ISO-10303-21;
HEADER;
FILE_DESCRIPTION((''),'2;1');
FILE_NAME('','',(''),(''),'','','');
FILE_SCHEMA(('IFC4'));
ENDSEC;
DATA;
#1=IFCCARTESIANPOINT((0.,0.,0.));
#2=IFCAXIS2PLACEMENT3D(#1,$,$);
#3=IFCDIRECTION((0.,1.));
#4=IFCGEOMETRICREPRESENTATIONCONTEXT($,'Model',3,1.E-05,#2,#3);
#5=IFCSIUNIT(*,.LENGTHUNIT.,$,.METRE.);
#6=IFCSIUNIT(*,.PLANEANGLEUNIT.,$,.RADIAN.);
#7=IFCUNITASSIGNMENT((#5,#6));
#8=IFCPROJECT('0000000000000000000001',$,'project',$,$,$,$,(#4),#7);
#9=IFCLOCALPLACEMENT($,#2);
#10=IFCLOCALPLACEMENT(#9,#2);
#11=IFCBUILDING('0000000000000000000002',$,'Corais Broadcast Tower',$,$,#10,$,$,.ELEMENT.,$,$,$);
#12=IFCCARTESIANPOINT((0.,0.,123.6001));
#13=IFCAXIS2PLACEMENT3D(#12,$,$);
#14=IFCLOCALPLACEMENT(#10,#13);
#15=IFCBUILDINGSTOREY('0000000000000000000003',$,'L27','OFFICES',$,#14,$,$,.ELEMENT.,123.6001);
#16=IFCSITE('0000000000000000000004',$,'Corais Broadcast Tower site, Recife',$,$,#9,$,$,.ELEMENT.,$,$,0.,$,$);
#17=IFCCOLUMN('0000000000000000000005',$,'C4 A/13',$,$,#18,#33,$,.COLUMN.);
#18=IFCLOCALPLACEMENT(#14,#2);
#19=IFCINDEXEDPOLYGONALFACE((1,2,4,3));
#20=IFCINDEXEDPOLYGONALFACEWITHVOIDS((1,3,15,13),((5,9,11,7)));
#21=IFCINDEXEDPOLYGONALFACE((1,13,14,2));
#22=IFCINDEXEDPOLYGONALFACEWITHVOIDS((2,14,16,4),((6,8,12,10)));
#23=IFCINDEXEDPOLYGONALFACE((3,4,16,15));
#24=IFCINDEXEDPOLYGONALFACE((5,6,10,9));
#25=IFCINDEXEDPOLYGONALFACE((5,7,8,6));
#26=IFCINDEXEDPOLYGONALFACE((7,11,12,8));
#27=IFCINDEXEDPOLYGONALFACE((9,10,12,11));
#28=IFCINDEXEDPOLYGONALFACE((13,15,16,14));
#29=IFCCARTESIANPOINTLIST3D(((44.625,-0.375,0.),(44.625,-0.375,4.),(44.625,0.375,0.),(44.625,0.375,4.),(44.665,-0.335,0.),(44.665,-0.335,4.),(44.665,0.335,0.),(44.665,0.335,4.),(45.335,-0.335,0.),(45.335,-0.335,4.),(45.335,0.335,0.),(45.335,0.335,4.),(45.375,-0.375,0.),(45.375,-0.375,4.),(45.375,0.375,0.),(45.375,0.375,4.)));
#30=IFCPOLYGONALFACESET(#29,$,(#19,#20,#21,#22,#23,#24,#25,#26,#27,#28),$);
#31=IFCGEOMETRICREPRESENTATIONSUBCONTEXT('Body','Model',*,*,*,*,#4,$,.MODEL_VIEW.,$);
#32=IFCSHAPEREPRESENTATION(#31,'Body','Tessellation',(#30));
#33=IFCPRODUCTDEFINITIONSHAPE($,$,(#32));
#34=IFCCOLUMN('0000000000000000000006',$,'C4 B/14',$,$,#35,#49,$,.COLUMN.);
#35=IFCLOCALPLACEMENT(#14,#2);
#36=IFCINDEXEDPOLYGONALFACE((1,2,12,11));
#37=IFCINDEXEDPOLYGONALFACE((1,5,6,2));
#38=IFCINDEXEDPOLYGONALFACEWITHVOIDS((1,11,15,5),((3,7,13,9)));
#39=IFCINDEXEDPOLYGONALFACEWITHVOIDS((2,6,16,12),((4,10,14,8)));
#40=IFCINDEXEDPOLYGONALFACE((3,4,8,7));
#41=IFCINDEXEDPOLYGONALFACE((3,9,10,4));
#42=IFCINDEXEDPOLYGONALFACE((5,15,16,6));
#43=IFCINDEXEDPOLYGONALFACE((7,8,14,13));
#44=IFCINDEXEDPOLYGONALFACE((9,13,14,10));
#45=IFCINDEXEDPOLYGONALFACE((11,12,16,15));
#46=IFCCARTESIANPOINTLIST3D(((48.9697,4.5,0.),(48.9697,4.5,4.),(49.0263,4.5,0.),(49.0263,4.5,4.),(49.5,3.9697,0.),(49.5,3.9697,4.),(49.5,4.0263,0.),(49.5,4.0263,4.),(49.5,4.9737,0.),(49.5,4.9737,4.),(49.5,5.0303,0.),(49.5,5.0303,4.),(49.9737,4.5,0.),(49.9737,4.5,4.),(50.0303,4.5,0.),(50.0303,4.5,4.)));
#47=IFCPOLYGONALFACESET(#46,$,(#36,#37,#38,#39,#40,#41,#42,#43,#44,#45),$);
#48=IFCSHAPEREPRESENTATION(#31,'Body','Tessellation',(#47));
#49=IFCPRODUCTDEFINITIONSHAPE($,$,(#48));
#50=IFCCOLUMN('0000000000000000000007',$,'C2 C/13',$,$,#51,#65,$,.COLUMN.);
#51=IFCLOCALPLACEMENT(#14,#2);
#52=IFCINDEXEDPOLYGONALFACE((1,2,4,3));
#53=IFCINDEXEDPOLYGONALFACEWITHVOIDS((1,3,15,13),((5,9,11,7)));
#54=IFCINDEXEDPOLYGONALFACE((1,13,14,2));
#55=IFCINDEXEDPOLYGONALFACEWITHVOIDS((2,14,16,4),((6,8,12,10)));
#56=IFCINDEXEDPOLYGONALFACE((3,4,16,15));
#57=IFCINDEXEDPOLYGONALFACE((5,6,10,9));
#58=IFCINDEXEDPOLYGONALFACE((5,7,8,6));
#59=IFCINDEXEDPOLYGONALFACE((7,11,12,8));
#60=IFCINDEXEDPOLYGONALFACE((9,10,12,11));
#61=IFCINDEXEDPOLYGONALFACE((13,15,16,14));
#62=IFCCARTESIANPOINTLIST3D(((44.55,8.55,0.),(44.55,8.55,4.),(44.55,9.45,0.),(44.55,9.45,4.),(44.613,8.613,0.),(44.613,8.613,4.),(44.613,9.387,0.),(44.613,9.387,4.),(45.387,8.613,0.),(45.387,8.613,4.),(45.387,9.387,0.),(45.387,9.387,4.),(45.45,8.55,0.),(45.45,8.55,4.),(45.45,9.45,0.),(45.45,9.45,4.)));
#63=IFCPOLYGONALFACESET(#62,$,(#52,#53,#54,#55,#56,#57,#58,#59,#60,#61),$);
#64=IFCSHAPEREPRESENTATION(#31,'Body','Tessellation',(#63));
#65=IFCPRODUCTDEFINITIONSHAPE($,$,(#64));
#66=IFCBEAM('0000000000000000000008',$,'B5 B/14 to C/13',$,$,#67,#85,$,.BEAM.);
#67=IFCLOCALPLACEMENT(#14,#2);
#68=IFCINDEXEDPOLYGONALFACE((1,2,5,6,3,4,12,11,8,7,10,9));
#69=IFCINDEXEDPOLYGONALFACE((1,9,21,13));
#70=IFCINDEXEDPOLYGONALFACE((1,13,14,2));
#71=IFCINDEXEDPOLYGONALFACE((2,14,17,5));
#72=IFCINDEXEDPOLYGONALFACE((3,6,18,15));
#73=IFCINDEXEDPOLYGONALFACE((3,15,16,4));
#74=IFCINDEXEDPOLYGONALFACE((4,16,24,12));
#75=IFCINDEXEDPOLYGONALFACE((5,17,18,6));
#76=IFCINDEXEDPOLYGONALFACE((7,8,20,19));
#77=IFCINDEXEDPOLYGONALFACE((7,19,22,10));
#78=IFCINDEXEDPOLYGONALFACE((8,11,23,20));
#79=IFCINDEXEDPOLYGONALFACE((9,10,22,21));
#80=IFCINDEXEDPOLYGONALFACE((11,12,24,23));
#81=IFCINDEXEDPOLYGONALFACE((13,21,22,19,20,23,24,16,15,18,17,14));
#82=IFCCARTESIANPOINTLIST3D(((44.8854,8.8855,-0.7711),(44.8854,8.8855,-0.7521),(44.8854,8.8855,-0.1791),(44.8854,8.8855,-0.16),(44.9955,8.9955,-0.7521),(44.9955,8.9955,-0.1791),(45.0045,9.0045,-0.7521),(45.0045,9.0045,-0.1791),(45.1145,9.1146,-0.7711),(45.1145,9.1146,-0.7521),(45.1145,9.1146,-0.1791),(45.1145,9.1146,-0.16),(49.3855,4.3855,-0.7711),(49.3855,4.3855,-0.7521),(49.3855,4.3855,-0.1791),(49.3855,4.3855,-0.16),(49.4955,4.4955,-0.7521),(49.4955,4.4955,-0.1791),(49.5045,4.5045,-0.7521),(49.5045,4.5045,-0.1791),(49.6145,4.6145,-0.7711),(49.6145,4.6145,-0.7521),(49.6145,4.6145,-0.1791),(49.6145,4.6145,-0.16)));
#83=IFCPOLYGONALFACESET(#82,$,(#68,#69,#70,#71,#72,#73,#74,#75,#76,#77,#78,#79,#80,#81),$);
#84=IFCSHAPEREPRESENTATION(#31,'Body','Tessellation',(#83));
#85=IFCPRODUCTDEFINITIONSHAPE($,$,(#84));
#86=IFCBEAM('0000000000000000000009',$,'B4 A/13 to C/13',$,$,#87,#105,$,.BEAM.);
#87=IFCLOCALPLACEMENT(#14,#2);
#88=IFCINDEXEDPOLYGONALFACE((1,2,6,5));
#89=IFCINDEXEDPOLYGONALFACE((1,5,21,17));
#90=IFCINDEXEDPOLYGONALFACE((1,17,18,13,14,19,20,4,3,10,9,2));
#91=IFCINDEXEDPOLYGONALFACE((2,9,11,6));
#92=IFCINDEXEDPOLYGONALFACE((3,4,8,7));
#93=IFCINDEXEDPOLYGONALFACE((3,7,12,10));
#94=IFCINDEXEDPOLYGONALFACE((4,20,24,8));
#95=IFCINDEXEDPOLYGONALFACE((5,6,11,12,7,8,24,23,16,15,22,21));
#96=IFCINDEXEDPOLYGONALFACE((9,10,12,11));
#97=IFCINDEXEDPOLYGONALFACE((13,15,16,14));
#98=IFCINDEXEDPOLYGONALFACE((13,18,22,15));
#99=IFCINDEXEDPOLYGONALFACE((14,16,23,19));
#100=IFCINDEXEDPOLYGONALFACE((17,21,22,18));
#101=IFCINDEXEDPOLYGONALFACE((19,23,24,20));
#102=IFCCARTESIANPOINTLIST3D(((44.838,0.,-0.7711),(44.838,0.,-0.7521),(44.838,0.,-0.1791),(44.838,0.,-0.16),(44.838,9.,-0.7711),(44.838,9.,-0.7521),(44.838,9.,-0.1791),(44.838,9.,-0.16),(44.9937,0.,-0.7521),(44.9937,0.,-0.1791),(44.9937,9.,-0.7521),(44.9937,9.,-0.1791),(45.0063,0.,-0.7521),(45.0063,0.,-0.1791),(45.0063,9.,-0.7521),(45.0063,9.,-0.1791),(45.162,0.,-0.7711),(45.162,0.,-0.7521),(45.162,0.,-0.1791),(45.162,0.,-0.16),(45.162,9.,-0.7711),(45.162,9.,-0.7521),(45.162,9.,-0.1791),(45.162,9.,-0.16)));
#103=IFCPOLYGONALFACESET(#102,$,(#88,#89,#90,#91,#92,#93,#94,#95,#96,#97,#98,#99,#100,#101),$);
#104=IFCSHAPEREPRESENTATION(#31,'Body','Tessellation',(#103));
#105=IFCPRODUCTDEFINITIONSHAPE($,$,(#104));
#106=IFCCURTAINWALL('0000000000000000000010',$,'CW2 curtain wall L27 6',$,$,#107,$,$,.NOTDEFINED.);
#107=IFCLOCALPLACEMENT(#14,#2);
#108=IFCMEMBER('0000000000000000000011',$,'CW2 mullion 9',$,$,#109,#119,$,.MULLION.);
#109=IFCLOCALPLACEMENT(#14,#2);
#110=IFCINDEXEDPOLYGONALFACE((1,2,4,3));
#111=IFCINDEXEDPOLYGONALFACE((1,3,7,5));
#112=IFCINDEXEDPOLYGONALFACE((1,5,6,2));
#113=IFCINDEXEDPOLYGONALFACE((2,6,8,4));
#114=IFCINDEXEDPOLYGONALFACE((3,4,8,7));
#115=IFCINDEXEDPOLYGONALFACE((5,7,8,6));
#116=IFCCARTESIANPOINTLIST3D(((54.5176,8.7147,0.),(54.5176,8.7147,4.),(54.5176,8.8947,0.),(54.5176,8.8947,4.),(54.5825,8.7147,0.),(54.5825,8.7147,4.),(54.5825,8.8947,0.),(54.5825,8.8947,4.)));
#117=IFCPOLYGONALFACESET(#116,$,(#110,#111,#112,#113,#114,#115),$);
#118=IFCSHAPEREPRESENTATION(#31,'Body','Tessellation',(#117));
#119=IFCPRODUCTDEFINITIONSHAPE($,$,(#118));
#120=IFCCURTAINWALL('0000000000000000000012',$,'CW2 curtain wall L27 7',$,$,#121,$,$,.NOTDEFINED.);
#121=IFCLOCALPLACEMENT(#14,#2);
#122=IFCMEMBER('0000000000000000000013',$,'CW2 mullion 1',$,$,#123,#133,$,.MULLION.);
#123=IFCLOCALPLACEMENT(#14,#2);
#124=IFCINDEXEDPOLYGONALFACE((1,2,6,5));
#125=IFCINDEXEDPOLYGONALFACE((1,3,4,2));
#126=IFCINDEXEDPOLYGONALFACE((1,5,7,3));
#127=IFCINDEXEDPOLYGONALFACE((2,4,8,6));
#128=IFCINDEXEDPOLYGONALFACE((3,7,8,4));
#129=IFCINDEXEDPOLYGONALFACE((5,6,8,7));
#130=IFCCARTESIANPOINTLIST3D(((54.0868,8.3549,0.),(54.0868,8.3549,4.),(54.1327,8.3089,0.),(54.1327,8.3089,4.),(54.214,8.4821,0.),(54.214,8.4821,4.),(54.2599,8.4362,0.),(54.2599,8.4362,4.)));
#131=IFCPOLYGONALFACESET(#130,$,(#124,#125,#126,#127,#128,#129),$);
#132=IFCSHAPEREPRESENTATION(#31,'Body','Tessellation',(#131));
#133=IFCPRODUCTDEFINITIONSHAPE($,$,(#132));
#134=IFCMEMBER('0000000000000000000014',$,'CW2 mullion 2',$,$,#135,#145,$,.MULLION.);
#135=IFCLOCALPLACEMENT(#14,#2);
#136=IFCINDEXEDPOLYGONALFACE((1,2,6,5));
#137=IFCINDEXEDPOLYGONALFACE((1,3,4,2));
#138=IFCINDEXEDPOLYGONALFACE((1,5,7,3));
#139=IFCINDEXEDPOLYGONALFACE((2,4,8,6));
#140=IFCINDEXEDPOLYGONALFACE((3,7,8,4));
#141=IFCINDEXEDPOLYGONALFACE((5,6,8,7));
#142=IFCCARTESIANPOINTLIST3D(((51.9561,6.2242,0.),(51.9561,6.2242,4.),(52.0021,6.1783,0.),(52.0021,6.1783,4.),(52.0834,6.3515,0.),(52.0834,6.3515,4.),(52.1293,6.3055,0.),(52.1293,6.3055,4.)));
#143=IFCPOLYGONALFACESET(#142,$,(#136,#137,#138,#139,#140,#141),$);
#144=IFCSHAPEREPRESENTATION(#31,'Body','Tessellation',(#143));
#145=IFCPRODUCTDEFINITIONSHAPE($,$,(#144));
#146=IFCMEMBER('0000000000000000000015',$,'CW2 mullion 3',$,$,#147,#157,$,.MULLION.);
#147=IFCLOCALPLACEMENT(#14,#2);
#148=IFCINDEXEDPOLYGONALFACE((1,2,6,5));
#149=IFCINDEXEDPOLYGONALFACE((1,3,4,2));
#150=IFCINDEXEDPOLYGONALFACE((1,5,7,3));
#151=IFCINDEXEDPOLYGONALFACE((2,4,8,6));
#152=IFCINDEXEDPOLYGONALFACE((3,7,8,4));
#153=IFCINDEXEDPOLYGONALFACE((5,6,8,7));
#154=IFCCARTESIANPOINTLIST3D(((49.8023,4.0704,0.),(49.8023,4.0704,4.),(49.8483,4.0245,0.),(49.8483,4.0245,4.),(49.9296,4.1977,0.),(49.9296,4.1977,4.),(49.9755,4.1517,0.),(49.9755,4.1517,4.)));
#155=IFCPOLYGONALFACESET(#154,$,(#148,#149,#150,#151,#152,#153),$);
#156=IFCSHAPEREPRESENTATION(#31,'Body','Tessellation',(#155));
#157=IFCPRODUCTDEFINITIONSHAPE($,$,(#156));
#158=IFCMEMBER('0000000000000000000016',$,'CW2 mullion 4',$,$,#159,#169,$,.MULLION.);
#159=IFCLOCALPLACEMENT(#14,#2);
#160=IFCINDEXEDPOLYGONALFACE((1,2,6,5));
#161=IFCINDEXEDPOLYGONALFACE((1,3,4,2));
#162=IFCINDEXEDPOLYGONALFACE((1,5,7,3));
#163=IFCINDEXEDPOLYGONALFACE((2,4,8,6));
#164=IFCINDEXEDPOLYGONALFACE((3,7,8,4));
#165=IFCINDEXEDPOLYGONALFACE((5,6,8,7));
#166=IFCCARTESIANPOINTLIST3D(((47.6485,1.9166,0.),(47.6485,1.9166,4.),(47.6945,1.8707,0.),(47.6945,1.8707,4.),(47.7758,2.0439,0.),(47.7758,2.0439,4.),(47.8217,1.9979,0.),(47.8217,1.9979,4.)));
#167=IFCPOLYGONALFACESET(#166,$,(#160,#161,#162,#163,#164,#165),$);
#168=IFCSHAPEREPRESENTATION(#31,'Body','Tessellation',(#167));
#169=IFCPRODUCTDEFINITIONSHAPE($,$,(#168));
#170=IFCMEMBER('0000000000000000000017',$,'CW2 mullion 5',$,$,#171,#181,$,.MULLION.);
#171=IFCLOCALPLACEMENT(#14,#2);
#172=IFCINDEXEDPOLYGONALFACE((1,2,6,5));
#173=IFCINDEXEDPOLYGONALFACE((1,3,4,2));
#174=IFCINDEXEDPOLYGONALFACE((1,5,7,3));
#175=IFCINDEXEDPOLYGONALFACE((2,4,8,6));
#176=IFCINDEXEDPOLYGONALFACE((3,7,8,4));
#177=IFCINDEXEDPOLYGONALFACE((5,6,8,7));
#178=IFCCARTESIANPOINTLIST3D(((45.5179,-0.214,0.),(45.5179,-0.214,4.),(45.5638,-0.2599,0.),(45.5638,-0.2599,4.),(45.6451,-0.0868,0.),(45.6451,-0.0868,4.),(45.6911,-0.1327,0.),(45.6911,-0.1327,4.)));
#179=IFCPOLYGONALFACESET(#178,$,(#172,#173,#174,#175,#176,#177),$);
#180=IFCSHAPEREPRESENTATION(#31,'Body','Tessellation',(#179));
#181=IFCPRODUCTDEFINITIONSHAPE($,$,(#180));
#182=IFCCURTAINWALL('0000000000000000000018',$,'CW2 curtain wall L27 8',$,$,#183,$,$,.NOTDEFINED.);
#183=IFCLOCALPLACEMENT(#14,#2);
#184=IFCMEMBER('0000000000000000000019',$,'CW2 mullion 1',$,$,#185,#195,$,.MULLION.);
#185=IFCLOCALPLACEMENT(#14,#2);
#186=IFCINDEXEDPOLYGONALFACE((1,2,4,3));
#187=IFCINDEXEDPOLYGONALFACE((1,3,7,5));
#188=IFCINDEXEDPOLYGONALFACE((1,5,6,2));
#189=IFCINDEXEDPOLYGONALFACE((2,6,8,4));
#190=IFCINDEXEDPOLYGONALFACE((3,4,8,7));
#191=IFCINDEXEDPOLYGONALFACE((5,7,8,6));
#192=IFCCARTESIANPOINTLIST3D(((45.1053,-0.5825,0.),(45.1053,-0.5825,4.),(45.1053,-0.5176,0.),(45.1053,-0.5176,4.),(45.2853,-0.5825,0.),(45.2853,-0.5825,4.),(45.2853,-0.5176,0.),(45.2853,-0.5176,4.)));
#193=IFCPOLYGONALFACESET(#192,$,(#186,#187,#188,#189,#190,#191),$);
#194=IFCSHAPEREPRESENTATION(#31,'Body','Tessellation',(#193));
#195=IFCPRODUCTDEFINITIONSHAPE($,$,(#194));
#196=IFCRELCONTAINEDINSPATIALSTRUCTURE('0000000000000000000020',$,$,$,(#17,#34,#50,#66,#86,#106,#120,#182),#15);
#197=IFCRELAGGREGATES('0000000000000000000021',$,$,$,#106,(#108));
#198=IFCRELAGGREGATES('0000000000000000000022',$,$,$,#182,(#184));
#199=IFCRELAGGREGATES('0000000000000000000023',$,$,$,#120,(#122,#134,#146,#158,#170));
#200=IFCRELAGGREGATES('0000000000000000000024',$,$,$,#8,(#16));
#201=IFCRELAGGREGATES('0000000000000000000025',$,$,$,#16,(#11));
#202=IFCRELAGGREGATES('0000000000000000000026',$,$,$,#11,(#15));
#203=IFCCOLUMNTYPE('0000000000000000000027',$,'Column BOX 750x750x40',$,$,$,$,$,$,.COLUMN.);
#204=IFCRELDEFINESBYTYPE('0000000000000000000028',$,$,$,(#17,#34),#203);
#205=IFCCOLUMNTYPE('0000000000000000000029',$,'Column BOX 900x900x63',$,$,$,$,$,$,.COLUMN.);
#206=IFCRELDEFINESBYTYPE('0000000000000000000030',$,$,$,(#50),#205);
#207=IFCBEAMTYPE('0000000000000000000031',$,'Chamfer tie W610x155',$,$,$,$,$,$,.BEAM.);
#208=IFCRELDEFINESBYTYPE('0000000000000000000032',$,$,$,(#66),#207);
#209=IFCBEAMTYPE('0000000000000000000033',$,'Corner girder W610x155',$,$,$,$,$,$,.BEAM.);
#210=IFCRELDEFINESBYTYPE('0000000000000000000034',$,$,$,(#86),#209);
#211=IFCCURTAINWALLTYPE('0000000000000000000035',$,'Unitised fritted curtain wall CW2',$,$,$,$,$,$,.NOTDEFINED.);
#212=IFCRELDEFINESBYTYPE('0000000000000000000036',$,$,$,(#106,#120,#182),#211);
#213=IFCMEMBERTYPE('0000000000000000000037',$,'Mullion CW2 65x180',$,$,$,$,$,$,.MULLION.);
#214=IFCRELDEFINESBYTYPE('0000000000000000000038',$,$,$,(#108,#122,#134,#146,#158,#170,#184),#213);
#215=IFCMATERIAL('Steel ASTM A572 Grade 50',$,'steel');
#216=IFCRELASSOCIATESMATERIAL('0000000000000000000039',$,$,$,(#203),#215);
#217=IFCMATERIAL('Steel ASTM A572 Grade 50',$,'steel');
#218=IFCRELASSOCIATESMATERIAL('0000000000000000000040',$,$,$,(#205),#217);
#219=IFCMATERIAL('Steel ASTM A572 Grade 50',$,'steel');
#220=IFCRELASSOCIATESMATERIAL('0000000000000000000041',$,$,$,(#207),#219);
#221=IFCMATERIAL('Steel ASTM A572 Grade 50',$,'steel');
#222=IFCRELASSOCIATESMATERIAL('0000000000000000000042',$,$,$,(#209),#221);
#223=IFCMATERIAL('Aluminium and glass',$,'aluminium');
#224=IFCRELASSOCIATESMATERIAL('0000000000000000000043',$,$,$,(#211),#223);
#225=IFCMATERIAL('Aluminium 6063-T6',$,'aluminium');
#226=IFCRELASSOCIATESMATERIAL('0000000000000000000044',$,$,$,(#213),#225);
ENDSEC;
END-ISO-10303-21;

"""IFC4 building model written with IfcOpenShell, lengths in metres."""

from ifc_helpers import new_model, si_unit, direction, frame, origin, origin_2d, place, context, subcontext, project, spatial, rectangle, hollow_rectangle, i_section, extrude, material, material_profile, profile_set, type_object, element, aggregate, save


model = new_model("IFC4")

# Units and contexts
model_context = context("Model", 3, precision=1e-05, world=origin(), true_north=direction((0.0, 1.0)))
body_context = subcontext(model_context, "Body", "Model", "MODEL_VIEW")
ifc_project = project(units=[si_unit("LENGTHUNIT", "METRE"), si_unit("PLANEANGLEUNIT", "RADIAN")], contexts=[model_context])

# Site, building, storey
site_placement = place(None, origin())
site = spatial("IfcSite", under=ifc_project, at=site_placement, Name="Corais Broadcast Tower site, Recife", CompositionType="ELEMENT", RefElevation=0.0)
building_placement = place(site_placement, origin())
building = spatial("IfcBuilding", under=site, at=building_placement, Name="Corais Broadcast Tower", CompositionType="ELEMENT")
storey_placement = place(building_placement, frame((0.0, 0.0, 123.6001)))
storey = spatial("IfcBuildingStorey", under=building, at=storey_placement, Name="L27", Description="OFFICES", CompositionType="ELEMENT", Elevation=123.6001)

# Columns
ifc_material_1 = material(Name="Steel ASTM A572 Grade 50", Category="steel")
ifc_material_profile_1 = material_profile(ifc_material_1, hollow_rectangle(XDim=0.75, YDim=0.75, WallThickness=0.04, at=origin_2d()), Name="BOX 750x750x40")
ifc_profile_set_1 = profile_set([ifc_material_profile_1], Name="Steel ASTM A572 Grade 50")
column_type_1 = type_object("IfcColumnType", Name="Column BOX 750x750x40", PredefinedType="COLUMN", material=ifc_profile_set_1)
for number, where, z_axis, x_axis, name in (
    (1, (45.0, 0.0, 0.0), (0.0, 0.0, 1.0), (1.0, 0.0, 0.0), "C4 A/13"),
    (2, (49.5, 4.5, 0.0), (0.0, 0.0, 1.0), (0.707107, 0.707107, 0.0), "C4 B/14"),
):
    element("IfcColumn", number, at=place(storey_placement, frame(where, z_axis=z_axis, x_axis=x_axis)), inside=storey, type_object=column_type_1, Name=name, PredefinedType="COLUMN", context=body_context, shape_type="SweptSolid", body=[
        extrude(hollow_rectangle(XDim=0.75, YDim=0.75, WallThickness=0.04, at=origin_2d()), origin(), (0.0, 0.0, 1.0), 4.0),
    ])
ifc_material_2 = material(Name="Steel ASTM A572 Grade 50", Category="steel")
ifc_material_profile_2 = material_profile(ifc_material_2, hollow_rectangle(XDim=0.8999, YDim=0.8999, WallThickness=0.063, at=origin_2d()), Name="BOX 900x900x63")
ifc_profile_set_2 = profile_set([ifc_material_profile_2], Name="Steel ASTM A572 Grade 50")
column_type_2 = type_object("IfcColumnType", Name="Column BOX 900x900x63", PredefinedType="COLUMN", material=ifc_profile_set_2)
column_placement = place(storey_placement, frame((45.0, 9.0, 0.0), z_axis=(0.0, 0.0, 1.0), x_axis=(1.0, 0.0, 0.0)))
element("IfcColumn", 3, at=column_placement, inside=storey, type_object=column_type_2, Name="C2 C/13", PredefinedType="COLUMN", context=body_context, shape_type="SweptSolid", body=[
    extrude(hollow_rectangle(XDim=0.8999, YDim=0.8999, WallThickness=0.063, at=origin_2d()), origin(), (0.0, 0.0, 1.0), 4.0),
])

# Beams
ifc_material_3 = material(Name="Steel ASTM A572 Grade 50", Category="steel")
ifc_material_profile_3 = material_profile(ifc_material_3, i_section(OverallWidth=0.324, OverallDepth=0.6111, WebThickness=0.0127, FlangeThickness=0.019, at=origin_2d()), Name="W610x155")
ifc_profile_set_3 = profile_set([ifc_material_profile_3], Name="Steel ASTM A572 Grade 50")
beam_type_1 = type_object("IfcBeamType", Name="Chamfer tie W610x155", PredefinedType="BEAM", material=ifc_profile_set_3)
beam_1_placement = place(storey_placement, frame((49.5, 4.5, -0.4656), z_axis=(-0.707107, 0.707107, 0.0), x_axis=(-0.707107, -0.707107, 0.0)))
element("IfcBeam", 4, at=beam_1_placement, inside=storey, type_object=beam_type_1, Name="B5 B/14 to C/13", PredefinedType="BEAM", context=body_context, shape_type="SweptSolid", body=[
    extrude(i_section(OverallWidth=0.324, OverallDepth=0.6111, WebThickness=0.0127, FlangeThickness=0.019, at=origin_2d()), origin(), (0.0, 0.0, 1.0), 6.364),
])
ifc_material_4 = material(Name="Steel ASTM A572 Grade 50", Category="steel")
ifc_material_profile_4 = material_profile(ifc_material_4, i_section(OverallWidth=0.324, OverallDepth=0.6111, WebThickness=0.0127, FlangeThickness=0.019, at=origin_2d()), Name="W610x155")
ifc_profile_set_4 = profile_set([ifc_material_profile_4], Name="Steel ASTM A572 Grade 50")
beam_type_2 = type_object("IfcBeamType", Name="Corner girder W610x155", PredefinedType="BEAM", material=ifc_profile_set_4)
beam_2_placement = place(storey_placement, frame((45.0, 0.0, -0.4656), z_axis=(0.0, 1.0, 0.0), x_axis=(-1.0, 0.0, 0.0)))
element("IfcBeam", 5, at=beam_2_placement, inside=storey, type_object=beam_type_2, Name="B4 A/13 to C/13", PredefinedType="BEAM", context=body_context, shape_type="SweptSolid", body=[
    extrude(i_section(OverallWidth=0.324, OverallDepth=0.6111, WebThickness=0.0127, FlangeThickness=0.019, at=origin_2d()), origin(), (0.0, 0.0, 1.0), 9.0),
])

# Curtain wall, member
ifc_material_5 = material(Name="Aluminium and glass", Category="aluminium")
curtain_wall_type = type_object("IfcCurtainWallType", Name="Unitised fritted curtain wall CW2", PredefinedType="NOTDEFINED", material=ifc_material_5)
curtain_wall_1_placement = place(storey_placement, origin())
curtain_wall_1 = element("IfcCurtainWall", 6, at=curtain_wall_1_placement, inside=storey, type_object=curtain_wall_type, Name="CW2 curtain wall L27 6", PredefinedType="NOTDEFINED")
ifc_material_6 = material(Name="Aluminium 6063-T6", Category="aluminium")
ifc_material_profile_5 = material_profile(ifc_material_6, rectangle(XDim=0.0649, YDim=0.1799, at=origin_2d()), Name="Mullion CW2 65x180")
ifc_profile_set_5 = profile_set([ifc_material_profile_5], Name="Aluminium 6063-T6")
member_type_1 = type_object("IfcMemberType", Name="Mullion CW2 65x180", PredefinedType="MULLION", material=ifc_profile_set_5)
member_1_placement = place(storey_placement, frame((54.55, 8.8047, 0.0), z_axis=(0.0, 0.0, 1.0), x_axis=(1.0, 0.0, 0.0)))
member_1 = element("IfcMember", 7, at=member_1_placement, type_object=member_type_1, Name="CW2 mullion 9", PredefinedType="MULLION", context=body_context, shape_type="SweptSolid", body=[
    extrude(rectangle(XDim=0.0649, YDim=0.1799, at=origin_2d()), origin(), (0.0, 0.0, 1.0), 4.0),
])
aggregate(curtain_wall_1, [member_1])

# Curtain wall, members
curtain_wall_2_placement = place(storey_placement, origin())
curtain_wall_2 = element("IfcCurtainWall", 8, at=curtain_wall_2_placement, inside=storey, type_object=curtain_wall_type, Name="CW2 curtain wall L27 7", PredefinedType="NOTDEFINED")
member_2_placement = place(storey_placement, frame((54.1733, 8.3955, 0.0), z_axis=(0.0, 0.0, 1.0), x_axis=(0.707107, -0.707107, 0.0)))
member_2 = element("IfcMember", 9, at=member_2_placement, type_object=member_type_1, Name="CW2 mullion 1", PredefinedType="MULLION", context=body_context, shape_type="SweptSolid", body=[
    extrude(rectangle(XDim=0.0649, YDim=0.1799, at=origin_2d()), origin(), (0.0, 0.0, 1.0), 4.0),
])
member_3_placement = place(storey_placement, frame((52.0427, 6.2649, 0.0), z_axis=(0.0, 0.0, 1.0), x_axis=(0.707107, -0.707107, 0.0)))
member_3 = element("IfcMember", 10, at=member_3_placement, type_object=member_type_1, Name="CW2 mullion 2", PredefinedType="MULLION", context=body_context, shape_type="SweptSolid", body=[
    extrude(rectangle(XDim=0.0649, YDim=0.1799, at=origin_2d()), origin(), (0.0, 0.0, 1.0), 4.0),
])
member_4_placement = place(storey_placement, frame((49.8889, 4.1111, 0.0), z_axis=(0.0, 0.0, 1.0), x_axis=(0.707107, -0.707107, 0.0)))
member_4 = element("IfcMember", 11, at=member_4_placement, type_object=member_type_1, Name="CW2 mullion 3", PredefinedType="MULLION", context=body_context, shape_type="SweptSolid", body=[
    extrude(rectangle(XDim=0.0649, YDim=0.1799, at=origin_2d()), origin(), (0.0, 0.0, 1.0), 4.0),
])
member_5_placement = place(storey_placement, frame((47.7351, 1.9573, 0.0), z_axis=(0.0, 0.0, 1.0), x_axis=(0.707107, -0.707107, 0.0)))
member_5 = element("IfcMember", 12, at=member_5_placement, type_object=member_type_1, Name="CW2 mullion 4", PredefinedType="MULLION", context=body_context, shape_type="SweptSolid", body=[
    extrude(rectangle(XDim=0.0649, YDim=0.1799, at=origin_2d()), origin(), (0.0, 0.0, 1.0), 4.0),
])
member_6_placement = place(storey_placement, frame((45.6045, -0.1733, 0.0), z_axis=(0.0, 0.0, 1.0), x_axis=(0.707107, -0.707107, 0.0)))
member_6 = element("IfcMember", 13, at=member_6_placement, type_object=member_type_1, Name="CW2 mullion 5", PredefinedType="MULLION", context=body_context, shape_type="SweptSolid", body=[
    extrude(rectangle(XDim=0.0649, YDim=0.1799, at=origin_2d()), origin(), (0.0, 0.0, 1.0), 4.0),
])

# Curtain wall, member
curtain_wall_3_placement = place(storey_placement, origin())
curtain_wall_3 = element("IfcCurtainWall", 14, at=curtain_wall_3_placement, inside=storey, type_object=curtain_wall_type, Name="CW2 curtain wall L27 8", PredefinedType="NOTDEFINED")
member_7_placement = place(storey_placement, frame((45.1953, -0.55, 0.0), z_axis=(0.0, 0.0, 1.0), x_axis=(0.0, -1.0, 0.0)))
member_7 = element("IfcMember", 15, at=member_7_placement, type_object=member_type_1, Name="CW2 mullion 1", PredefinedType="MULLION", context=body_context, shape_type="SweptSolid", body=[
    extrude(rectangle(XDim=0.0649, YDim=0.1799, at=origin_2d()), origin(), (0.0, 0.0, 1.0), 4.0),
])

aggregate(curtain_wall_3, [member_7])
aggregate(curtain_wall_2, [member_2, member_3, member_4, member_5, member_6])

save(model, "model.ifc")
